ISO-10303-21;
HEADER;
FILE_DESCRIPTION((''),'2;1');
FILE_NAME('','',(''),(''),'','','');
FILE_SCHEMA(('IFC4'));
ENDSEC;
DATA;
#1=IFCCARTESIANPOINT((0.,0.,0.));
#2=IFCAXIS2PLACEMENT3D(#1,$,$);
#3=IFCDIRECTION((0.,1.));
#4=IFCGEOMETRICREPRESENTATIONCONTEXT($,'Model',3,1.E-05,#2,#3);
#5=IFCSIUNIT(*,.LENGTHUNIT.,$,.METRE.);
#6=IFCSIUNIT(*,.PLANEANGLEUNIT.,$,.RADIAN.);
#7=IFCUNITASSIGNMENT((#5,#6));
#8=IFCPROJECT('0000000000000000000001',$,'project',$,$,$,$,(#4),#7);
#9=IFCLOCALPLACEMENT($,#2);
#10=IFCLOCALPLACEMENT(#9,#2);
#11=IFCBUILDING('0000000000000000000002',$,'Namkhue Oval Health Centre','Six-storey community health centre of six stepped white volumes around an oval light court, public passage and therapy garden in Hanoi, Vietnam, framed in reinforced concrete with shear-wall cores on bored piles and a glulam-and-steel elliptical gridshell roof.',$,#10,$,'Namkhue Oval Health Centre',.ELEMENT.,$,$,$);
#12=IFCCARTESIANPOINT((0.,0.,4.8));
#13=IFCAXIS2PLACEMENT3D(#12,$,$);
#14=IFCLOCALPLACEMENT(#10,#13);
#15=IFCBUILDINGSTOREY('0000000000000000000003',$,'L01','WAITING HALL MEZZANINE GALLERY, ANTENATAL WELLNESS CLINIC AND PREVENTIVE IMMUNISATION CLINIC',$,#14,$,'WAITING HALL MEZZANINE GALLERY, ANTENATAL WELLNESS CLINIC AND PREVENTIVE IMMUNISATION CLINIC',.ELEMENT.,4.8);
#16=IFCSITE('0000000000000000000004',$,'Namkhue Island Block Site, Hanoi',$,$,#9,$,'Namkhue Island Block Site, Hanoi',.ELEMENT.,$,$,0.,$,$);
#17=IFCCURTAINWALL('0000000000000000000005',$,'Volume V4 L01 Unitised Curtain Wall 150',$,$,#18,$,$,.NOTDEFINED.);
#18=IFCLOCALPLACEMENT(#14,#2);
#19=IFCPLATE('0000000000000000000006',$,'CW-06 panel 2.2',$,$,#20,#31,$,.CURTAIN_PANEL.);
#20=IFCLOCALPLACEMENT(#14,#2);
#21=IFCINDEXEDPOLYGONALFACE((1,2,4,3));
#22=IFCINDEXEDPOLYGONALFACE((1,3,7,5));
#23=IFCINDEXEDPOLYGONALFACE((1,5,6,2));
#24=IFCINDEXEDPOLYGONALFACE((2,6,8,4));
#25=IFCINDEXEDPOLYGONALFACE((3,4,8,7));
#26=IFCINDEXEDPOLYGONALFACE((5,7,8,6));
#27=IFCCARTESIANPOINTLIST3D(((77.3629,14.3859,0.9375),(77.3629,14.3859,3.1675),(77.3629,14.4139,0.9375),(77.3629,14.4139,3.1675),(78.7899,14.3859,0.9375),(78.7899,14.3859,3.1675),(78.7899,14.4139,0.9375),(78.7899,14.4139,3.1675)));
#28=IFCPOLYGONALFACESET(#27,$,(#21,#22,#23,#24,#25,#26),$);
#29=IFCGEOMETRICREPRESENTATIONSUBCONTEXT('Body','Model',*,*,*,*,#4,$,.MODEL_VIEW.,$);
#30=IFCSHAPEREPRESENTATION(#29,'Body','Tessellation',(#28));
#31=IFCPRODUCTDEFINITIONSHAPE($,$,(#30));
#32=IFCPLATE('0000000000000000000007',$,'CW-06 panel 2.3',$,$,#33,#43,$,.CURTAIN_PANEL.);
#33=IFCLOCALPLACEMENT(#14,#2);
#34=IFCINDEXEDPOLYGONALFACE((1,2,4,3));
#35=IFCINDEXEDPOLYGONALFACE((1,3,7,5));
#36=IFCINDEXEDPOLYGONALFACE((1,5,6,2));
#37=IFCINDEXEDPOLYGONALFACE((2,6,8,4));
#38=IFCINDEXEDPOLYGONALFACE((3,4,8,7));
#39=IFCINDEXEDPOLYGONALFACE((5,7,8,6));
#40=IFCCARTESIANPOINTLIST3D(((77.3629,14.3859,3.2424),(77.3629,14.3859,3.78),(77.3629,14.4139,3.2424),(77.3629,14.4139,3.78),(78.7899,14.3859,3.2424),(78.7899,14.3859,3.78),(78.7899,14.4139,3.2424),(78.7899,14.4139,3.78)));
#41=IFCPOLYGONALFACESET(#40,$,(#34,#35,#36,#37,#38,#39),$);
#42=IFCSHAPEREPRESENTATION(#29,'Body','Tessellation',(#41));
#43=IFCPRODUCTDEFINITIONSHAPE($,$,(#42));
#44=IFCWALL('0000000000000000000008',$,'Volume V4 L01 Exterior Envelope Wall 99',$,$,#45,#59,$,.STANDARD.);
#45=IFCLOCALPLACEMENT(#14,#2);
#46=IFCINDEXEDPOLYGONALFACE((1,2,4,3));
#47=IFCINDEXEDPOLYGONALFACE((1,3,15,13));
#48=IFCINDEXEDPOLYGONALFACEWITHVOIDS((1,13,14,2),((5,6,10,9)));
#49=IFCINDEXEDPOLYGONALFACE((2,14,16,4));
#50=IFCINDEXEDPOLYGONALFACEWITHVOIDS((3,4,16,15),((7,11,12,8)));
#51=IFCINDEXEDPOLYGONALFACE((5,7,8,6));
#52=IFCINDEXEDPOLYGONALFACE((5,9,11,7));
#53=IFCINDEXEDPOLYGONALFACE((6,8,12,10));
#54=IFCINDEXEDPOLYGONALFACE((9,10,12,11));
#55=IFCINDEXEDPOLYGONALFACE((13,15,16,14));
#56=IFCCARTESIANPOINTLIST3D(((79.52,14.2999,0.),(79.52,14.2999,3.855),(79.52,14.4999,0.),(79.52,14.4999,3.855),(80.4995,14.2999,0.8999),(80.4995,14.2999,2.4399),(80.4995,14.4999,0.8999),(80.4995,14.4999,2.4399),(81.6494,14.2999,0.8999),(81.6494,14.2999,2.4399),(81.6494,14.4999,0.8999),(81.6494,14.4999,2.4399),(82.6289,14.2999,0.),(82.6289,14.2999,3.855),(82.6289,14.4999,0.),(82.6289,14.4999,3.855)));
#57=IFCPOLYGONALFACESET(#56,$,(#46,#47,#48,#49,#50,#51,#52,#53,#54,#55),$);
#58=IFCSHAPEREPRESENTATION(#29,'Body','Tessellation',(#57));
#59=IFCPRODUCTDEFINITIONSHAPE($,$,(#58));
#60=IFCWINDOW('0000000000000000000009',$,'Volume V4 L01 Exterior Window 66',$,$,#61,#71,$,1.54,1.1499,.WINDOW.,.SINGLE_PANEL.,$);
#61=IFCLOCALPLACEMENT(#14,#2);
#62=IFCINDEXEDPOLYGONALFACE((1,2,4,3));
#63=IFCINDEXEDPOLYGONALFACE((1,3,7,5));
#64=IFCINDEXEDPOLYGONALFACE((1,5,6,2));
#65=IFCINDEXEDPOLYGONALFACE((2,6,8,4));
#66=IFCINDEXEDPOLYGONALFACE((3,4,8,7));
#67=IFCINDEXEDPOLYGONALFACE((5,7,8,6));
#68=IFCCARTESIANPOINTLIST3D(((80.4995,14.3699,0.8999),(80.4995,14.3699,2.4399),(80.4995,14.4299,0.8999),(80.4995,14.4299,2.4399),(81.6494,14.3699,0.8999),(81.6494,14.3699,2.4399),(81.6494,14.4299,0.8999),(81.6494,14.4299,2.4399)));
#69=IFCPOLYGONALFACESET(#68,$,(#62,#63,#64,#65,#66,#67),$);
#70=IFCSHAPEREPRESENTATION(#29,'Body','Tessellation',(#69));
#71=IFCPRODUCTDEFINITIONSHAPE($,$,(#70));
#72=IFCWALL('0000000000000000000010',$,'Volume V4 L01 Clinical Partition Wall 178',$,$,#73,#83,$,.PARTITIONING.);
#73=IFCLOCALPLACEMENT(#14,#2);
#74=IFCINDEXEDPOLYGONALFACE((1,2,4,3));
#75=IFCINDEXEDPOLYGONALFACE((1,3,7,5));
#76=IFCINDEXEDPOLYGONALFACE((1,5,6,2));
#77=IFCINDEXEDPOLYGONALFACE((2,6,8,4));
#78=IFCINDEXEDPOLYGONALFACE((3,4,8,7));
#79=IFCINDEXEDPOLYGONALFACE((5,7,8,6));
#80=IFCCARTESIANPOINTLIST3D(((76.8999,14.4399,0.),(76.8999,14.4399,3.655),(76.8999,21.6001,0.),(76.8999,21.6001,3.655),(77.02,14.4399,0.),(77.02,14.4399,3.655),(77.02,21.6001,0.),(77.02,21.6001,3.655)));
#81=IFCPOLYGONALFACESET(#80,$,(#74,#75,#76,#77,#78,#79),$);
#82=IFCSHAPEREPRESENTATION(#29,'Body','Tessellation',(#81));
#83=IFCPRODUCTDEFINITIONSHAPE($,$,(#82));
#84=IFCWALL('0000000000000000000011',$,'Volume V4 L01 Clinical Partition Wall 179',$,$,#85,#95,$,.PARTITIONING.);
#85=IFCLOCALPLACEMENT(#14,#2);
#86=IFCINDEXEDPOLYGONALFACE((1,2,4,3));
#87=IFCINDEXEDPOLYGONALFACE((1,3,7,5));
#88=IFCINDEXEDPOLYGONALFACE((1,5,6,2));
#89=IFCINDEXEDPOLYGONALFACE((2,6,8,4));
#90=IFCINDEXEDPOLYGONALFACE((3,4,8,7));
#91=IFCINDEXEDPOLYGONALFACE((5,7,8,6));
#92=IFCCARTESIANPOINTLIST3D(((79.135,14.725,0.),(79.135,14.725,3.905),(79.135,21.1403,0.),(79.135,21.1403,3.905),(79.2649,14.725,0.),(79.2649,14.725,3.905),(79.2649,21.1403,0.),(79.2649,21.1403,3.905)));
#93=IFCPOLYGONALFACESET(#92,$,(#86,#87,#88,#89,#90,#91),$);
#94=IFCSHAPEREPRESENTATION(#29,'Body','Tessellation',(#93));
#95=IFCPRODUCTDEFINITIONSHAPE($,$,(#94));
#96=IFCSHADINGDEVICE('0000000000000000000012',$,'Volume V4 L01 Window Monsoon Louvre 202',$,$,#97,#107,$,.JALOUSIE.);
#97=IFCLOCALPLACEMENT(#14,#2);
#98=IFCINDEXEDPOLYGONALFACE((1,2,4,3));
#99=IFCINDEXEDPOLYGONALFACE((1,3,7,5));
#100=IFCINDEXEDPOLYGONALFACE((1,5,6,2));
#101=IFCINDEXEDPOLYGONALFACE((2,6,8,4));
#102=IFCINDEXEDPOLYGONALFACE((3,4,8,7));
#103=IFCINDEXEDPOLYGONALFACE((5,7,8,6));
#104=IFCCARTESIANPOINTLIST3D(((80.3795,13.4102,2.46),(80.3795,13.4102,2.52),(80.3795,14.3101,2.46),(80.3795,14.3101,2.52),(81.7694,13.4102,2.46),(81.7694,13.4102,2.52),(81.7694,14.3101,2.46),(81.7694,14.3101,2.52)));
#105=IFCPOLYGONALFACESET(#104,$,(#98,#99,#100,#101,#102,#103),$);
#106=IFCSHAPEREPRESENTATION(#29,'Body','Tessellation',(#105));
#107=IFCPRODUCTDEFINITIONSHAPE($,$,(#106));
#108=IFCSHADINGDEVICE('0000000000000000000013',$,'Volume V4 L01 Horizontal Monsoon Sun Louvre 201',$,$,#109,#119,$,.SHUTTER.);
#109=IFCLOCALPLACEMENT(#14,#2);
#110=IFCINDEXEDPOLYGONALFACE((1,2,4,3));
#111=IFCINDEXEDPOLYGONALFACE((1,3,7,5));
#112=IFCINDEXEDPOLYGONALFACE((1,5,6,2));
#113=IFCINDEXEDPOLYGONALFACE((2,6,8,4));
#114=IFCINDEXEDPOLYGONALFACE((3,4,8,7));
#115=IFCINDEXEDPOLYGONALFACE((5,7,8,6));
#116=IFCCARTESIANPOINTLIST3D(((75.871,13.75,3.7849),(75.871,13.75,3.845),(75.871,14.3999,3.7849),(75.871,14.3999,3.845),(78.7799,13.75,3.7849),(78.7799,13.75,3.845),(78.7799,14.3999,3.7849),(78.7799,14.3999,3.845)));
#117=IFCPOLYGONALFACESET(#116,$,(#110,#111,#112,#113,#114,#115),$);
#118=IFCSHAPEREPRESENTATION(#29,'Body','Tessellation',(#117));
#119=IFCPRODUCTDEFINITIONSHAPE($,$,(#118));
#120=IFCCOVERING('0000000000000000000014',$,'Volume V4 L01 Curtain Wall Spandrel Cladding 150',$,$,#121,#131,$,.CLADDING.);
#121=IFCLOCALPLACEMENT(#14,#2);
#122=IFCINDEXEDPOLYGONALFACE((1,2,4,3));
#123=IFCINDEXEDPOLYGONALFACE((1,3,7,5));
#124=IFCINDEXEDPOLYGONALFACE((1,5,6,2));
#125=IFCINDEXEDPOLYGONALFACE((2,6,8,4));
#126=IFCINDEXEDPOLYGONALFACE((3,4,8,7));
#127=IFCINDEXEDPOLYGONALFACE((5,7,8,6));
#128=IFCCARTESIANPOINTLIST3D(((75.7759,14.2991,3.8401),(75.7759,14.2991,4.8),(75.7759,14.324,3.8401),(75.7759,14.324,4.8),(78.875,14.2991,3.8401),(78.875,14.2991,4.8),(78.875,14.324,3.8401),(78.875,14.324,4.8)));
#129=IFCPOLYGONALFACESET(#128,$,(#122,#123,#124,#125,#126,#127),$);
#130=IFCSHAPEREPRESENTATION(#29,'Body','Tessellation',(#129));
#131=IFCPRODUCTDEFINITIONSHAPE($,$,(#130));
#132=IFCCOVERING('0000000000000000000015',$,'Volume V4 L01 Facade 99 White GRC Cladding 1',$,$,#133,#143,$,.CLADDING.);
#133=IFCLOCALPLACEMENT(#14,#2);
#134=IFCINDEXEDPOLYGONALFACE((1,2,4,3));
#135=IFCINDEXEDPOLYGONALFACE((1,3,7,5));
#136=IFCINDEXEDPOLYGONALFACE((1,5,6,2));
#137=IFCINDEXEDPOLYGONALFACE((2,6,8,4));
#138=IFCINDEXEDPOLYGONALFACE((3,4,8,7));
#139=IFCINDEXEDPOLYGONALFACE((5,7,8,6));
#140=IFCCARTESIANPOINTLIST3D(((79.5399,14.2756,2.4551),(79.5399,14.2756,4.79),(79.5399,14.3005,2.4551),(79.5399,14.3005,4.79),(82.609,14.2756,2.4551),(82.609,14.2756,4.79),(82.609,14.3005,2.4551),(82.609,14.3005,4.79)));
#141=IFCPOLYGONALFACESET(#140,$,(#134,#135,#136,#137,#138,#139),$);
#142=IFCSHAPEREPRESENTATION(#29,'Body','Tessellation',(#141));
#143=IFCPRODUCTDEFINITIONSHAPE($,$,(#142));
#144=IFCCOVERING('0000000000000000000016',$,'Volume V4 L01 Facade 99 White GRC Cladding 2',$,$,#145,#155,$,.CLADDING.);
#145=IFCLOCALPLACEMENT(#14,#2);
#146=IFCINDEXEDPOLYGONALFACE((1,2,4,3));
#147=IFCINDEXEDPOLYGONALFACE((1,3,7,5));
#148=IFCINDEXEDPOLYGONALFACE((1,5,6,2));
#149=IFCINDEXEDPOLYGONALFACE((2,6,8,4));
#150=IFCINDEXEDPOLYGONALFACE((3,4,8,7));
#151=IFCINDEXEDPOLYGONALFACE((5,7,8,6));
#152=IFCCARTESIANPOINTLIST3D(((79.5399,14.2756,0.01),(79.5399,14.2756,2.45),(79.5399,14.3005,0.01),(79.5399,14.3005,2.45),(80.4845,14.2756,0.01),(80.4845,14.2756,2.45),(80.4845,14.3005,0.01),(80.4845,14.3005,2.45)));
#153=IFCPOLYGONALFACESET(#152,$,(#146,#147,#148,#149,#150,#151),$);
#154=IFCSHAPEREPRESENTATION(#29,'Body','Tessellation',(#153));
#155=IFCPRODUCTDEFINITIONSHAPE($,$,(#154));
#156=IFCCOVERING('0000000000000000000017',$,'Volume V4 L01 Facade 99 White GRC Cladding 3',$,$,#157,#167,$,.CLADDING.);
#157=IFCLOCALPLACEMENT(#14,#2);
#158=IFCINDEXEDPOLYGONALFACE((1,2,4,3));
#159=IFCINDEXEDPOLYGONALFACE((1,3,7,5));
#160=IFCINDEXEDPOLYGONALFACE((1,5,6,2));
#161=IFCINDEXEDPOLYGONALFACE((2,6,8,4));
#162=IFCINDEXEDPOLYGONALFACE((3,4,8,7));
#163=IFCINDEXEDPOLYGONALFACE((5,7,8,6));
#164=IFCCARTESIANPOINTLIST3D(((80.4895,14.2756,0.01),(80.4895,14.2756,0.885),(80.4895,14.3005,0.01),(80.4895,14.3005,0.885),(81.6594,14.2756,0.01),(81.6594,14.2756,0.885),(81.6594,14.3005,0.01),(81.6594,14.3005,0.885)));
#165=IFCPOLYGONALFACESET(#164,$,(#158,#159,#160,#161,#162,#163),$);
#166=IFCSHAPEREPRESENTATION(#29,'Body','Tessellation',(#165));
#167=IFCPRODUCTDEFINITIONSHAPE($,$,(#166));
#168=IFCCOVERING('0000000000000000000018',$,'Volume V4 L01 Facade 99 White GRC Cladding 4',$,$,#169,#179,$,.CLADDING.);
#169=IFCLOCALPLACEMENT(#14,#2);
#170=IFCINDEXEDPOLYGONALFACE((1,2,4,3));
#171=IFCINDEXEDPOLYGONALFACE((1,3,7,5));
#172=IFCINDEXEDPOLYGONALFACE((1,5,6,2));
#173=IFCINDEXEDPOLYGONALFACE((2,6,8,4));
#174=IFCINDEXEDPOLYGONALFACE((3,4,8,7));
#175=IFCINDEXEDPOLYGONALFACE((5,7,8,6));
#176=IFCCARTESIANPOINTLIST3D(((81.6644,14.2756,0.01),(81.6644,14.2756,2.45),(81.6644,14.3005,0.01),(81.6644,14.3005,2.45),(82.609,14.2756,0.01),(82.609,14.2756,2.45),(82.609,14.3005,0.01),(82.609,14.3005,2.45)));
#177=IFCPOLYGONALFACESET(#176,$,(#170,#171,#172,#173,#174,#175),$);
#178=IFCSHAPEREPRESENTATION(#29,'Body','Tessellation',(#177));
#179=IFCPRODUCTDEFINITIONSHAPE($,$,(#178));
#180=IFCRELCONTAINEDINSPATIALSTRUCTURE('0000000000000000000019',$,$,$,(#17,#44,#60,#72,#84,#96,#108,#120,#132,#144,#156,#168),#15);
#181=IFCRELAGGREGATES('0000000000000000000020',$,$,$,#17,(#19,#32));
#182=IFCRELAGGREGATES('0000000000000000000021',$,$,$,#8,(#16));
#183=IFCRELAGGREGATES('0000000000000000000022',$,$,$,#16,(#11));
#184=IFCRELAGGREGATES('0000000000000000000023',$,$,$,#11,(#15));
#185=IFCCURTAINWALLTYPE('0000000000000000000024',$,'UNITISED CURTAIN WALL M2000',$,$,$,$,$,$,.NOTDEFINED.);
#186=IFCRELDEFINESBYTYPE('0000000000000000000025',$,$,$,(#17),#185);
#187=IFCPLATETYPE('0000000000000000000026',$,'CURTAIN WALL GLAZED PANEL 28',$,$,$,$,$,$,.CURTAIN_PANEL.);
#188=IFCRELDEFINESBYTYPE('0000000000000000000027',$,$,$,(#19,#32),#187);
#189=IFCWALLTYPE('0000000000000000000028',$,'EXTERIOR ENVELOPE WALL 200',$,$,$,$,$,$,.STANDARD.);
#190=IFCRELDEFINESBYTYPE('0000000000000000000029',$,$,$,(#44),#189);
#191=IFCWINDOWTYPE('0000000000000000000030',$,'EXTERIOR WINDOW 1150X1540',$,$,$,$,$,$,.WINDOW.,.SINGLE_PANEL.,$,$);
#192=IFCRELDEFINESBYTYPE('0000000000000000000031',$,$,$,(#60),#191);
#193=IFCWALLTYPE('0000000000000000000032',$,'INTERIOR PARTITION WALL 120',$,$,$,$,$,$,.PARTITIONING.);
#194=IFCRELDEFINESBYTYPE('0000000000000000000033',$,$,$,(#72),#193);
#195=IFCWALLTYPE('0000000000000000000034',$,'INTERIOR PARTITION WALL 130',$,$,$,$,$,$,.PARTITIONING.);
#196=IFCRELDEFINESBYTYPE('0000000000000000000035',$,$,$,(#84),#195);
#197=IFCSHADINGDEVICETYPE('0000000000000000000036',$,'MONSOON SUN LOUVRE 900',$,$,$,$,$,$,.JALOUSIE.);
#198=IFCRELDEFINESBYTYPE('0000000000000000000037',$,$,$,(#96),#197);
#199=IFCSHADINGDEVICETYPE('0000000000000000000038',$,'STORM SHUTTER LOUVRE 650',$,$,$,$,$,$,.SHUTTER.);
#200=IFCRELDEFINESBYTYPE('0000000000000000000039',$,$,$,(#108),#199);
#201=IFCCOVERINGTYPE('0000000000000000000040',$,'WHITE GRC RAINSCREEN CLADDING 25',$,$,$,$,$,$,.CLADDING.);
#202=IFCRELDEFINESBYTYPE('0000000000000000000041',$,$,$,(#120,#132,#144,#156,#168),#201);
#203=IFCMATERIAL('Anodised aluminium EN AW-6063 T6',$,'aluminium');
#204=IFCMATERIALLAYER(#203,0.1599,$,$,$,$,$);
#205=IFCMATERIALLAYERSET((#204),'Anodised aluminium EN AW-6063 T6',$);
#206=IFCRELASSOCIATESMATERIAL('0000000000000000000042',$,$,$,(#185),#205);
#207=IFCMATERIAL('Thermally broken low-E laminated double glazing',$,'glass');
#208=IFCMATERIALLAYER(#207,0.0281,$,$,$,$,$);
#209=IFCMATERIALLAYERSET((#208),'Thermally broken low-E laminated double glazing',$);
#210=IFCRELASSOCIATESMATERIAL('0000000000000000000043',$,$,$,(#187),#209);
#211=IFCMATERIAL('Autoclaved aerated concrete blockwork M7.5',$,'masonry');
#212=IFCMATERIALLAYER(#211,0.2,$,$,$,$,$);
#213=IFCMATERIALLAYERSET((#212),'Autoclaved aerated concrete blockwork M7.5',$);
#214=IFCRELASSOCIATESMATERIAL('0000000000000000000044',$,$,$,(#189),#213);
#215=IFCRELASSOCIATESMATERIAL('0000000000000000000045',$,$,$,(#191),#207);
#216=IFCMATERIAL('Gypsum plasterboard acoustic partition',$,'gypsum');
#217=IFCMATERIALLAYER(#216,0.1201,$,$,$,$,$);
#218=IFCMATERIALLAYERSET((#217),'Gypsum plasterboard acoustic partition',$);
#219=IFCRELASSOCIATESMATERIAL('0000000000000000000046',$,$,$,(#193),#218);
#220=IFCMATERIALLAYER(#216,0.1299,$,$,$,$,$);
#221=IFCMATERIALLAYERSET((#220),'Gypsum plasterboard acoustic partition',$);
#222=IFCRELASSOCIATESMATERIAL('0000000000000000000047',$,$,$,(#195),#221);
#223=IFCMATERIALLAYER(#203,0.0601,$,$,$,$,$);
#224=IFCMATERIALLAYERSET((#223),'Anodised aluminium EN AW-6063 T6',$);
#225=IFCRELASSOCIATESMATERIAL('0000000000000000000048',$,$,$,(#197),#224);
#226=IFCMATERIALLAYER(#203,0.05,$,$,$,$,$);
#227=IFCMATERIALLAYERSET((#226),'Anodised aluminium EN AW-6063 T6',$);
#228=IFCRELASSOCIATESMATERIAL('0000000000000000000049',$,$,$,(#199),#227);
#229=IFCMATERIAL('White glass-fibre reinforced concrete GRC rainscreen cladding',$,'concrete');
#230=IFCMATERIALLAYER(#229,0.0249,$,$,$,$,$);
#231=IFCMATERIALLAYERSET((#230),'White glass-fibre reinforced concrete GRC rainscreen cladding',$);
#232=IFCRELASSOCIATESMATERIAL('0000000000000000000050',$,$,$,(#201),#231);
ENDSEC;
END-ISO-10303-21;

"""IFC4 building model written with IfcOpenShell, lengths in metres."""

from ifc_helpers import new_model, si_unit, direction, frame, frame_2d, origin, origin_2d, place, context, subcontext, project, spatial, rectangle, extrude, material, layer, layer_set, type_object, element, fill, aggregate, save


model = new_model("IFC4")

# Units and contexts
model_context = context("Model", 3, precision=1e-05, world=origin(), true_north=direction((0.0, 1.0)))
body_context = subcontext(model_context, "Body", "Model", "MODEL_VIEW")
ifc_project = project(units=[si_unit("LENGTHUNIT", "METRE"), si_unit("PLANEANGLEUNIT", "RADIAN")], contexts=[model_context])

# Site, building, storey
site_placement = place(None, origin())
site = spatial("IfcSite", under=ifc_project, at=site_placement, Name="Namkhue Island Block Site, Hanoi", LongName="Namkhue Island Block Site, Hanoi", CompositionType="ELEMENT", RefElevation=0.0)
building_placement = place(site_placement, origin())
building = spatial("IfcBuilding", under=site, at=building_placement, Name="Namkhue Oval Health Centre", Description="Six-storey community health centre of six stepped white volumes around an oval light court, public passage and therapy garden in Hanoi, Vietnam, framed in reinforced concrete with shear-wall cores on bored piles and a glulam-and-steel elliptical gridshell roof.", LongName="Namkhue Oval Health Centre", CompositionType="ELEMENT")
storey_placement = place(building_placement, frame((0.0, 0.0, 4.8)))
storey = spatial("IfcBuildingStorey", under=building, at=storey_placement, Name="L01", Description="WAITING HALL MEZZANINE GALLERY, ANTENATAL WELLNESS CLINIC AND PREVENTIVE IMMUNISATION CLINIC", LongName="WAITING HALL MEZZANINE GALLERY, ANTENATAL WELLNESS CLINIC AND PREVENTIVE IMMUNISATION CLINIC", CompositionType="ELEMENT", Elevation=4.8)

# Curtain wall
ifc_material_1 = material(Name="Anodised aluminium EN AW-6063 T6", Category="aluminium")
ifc_layer_1 = layer(ifc_material_1, 0.1599)
ifc_layer_set_1 = layer_set([ifc_layer_1], Name="Anodised aluminium EN AW-6063 T6")
curtain_wall_type = type_object("IfcCurtainWallType", Name="UNITISED CURTAIN WALL M2000", PredefinedType="NOTDEFINED", material=ifc_layer_set_1)
curtain_wall_placement = place(storey_placement, origin())
curtain_wall = element("IfcCurtainWall", 1, at=curtain_wall_placement, inside=storey, type_object=curtain_wall_type, Name="Volume V4 L01 Unitised Curtain Wall 150", PredefinedType="NOTDEFINED")

# Plates
ifc_material_2 = material(Name="Thermally broken low-E laminated double glazing", Category="glass")
ifc_layer_2 = layer(ifc_material_2, 0.0281)
ifc_layer_set_2 = layer_set([ifc_layer_2], Name="Thermally broken low-E laminated double glazing")
plate_type = type_object("IfcPlateType", Name="CURTAIN WALL GLAZED PANEL 28", PredefinedType="CURTAIN_PANEL", material=ifc_layer_set_2)
plate_1_placement = place(storey_placement, frame((78.0764, 14.3999, 0.9375), z_axis=(0.0, 0.0, 1.0), x_axis=(1.0, 0.0, 0.0)))
plate_1 = element("IfcPlate", 2, at=plate_1_placement, type_object=plate_type, Name="CW-06 panel 2.2", PredefinedType="CURTAIN_PANEL", context=body_context, shape_type="SweptSolid", body=[
    extrude(rectangle(XDim=1.427, YDim=0.0281, at=origin_2d()), origin(), (0.0, 0.0, 1.0), 2.23),
])
plate_2_placement = place(storey_placement, frame((78.0764, 14.3999, 3.2424), z_axis=(0.0, 0.0, 1.0), x_axis=(1.0, 0.0, 0.0)))
plate_2 = element("IfcPlate", 3, at=plate_2_placement, type_object=plate_type, Name="CW-06 panel 2.3", PredefinedType="CURTAIN_PANEL", context=body_context, shape_type="SweptSolid", body=[
    extrude(rectangle(XDim=1.427, YDim=0.0281, at=origin_2d()), origin(), (0.0, 0.0, 1.0), 0.5376),
])
aggregate(curtain_wall, [plate_1, plate_2])

# Wall, opening, window
ifc_material_3 = material(Name="Autoclaved aerated concrete blockwork M7.5", Category="masonry")
ifc_layer_3 = layer(ifc_material_3, 0.2)
ifc_layer_set_3 = layer_set([ifc_layer_3], Name="Autoclaved aerated concrete blockwork M7.5")
wall_type_1 = type_object("IfcWallType", Name="EXTERIOR ENVELOPE WALL 200", PredefinedType="STANDARD", material=ifc_layer_set_3)
wall_1_placement = place(storey_placement, frame((79.52, 14.3999, 0.0), z_axis=(0.0, 0.0, 1.0), x_axis=(1.0, 0.0, 0.0)))
wall_1 = element("IfcWall", 4, at=wall_1_placement, inside=storey, type_object=wall_type_1, Name="Volume V4 L01 Exterior Envelope Wall 99", PredefinedType="STANDARD", context=body_context, shape_type="SweptSolid", body=[
    extrude(rectangle(XDim=3.1089, YDim=0.2, at=frame_2d((1.5544, 0.0))), origin(), (0.0, 0.0, 1.0), 3.855),
])
opening_placement = place(wall_1_placement, frame((0.9795, 0.0, 0.8999)))
opening = element("IfcOpeningElement", 5, at=opening_placement, cuts=wall_1, PredefinedType="OPENING", context=body_context, shape_type="SweptSolid", body=[
    extrude(rectangle(XDim=1.1499, YDim=1.54, at=frame_2d((0.575, 0.77))), frame((0.0, 0.1099, 0.0), z_axis=(0.0, -1.0, 0.0), x_axis=(1.0, 0.0, 0.0)), (0.0, 0.0, 1.0), 0.22),
])
window_type = type_object("IfcWindowType", Name="EXTERIOR WINDOW 1150X1540", PartitioningType="SINGLE_PANEL", PredefinedType="WINDOW", material=ifc_material_2)
window_placement = place(opening_placement, origin())
window = element("IfcWindow", 6, at=window_placement, inside=storey, type_object=window_type, Name="Volume V4 L01 Exterior Window 66", OverallHeight=1.54, OverallWidth=1.1499, PartitioningType="SINGLE_PANEL", PredefinedType="WINDOW", context=body_context, shape_type="SweptSolid", body=[
    extrude(rectangle(XDim=1.1499, YDim=1.54, at=frame_2d((0.575, 0.77))), frame((0.0, 0.03, 0.0), z_axis=(0.0, -1.0, 0.0), x_axis=(1.0, 0.0, 0.0)), (0.0, 0.0, 1.0), 0.0601),
])
fill(opening, window)

# Walls
ifc_material_4 = material(Name="Gypsum plasterboard acoustic partition", Category="gypsum")
ifc_layer_4 = layer(ifc_material_4, 0.1201)
ifc_layer_set_4 = layer_set([ifc_layer_4], Name="Gypsum plasterboard acoustic partition")
wall_type_2 = type_object("IfcWallType", Name="INTERIOR PARTITION WALL 120", PredefinedType="PARTITIONING", material=ifc_layer_set_4)
wall_2_placement = place(storey_placement, frame((76.96, 14.4399, 0.0), z_axis=(0.0, 0.0, 1.0), x_axis=(0.0, 1.0, 0.0)))
element("IfcWall", 7, at=wall_2_placement, inside=storey, type_object=wall_type_2, Name="Volume V4 L01 Clinical Partition Wall 178", PredefinedType="PARTITIONING", context=body_context, shape_type="SweptSolid", body=[
    extrude(rectangle(XDim=7.1602, YDim=0.1201, at=frame_2d((3.5801, 0.0))), origin(), (0.0, 0.0, 1.0), 3.655),
])
ifc_layer_5 = layer(ifc_material_4, 0.1299)
ifc_layer_set_5 = layer_set([ifc_layer_5], Name="Gypsum plasterboard acoustic partition")
wall_type_3 = type_object("IfcWallType", Name="INTERIOR PARTITION WALL 130", PredefinedType="PARTITIONING", material=ifc_layer_set_5)
wall_3_placement = place(storey_placement, frame((79.2, 14.7251, 0.0), z_axis=(0.0, 0.0, 1.0), x_axis=(0.0, 1.0, 0.0)))
element("IfcWall", 8, at=wall_3_placement, inside=storey, type_object=wall_type_3, Name="Volume V4 L01 Clinical Partition Wall 179", PredefinedType="PARTITIONING", context=body_context, shape_type="SweptSolid", body=[
    extrude(rectangle(XDim=6.4153, YDim=0.1299, at=frame_2d((3.2075, 0.0))), origin(), (0.0, 0.0, 1.0), 3.905),
])

# Shading devices
ifc_layer_6 = layer(ifc_material_1, 0.0601)
ifc_layer_set_6 = layer_set([ifc_layer_6], Name="Anodised aluminium EN AW-6063 T6")
shading_device_type_1 = type_object("IfcShadingDeviceType", Name="MONSOON SUN LOUVRE 900", PredefinedType="JALOUSIE", material=ifc_layer_set_6)
shading_device_1_placement = place(storey_placement, frame((81.0745, 13.8601, 2.46), z_axis=(0.0, 0.0, 1.0), x_axis=(1.0, 0.0, 0.0)))
element("IfcShadingDevice", 9, at=shading_device_1_placement, inside=storey, type_object=shading_device_type_1, Name="Volume V4 L01 Window Monsoon Louvre 202", PredefinedType="JALOUSIE", context=body_context, shape_type="SweptSolid", body=[
    extrude(rectangle(XDim=1.3899, YDim=0.8999, at=origin_2d()), origin(), (0.0, 0.0, 1.0), 0.0601),
])
ifc_layer_7 = layer(ifc_material_1, 0.05)
ifc_layer_set_7 = layer_set([ifc_layer_7], Name="Anodised aluminium EN AW-6063 T6")
shading_device_type_2 = type_object("IfcShadingDeviceType", Name="STORM SHUTTER LOUVRE 650", PredefinedType="SHUTTER", material=ifc_layer_set_7)
shading_device_2_placement = place(storey_placement, frame((77.3254, 14.075, 3.7849), z_axis=(0.0, 0.0, 1.0), x_axis=(1.0, 0.0, 0.0)))
element("IfcShadingDevice", 10, at=shading_device_2_placement, inside=storey, type_object=shading_device_type_2, Name="Volume V4 L01 Horizontal Monsoon Sun Louvre 201", PredefinedType="SHUTTER", context=body_context, shape_type="SweptSolid", body=[
    extrude(rectangle(XDim=2.9089, YDim=0.6499, at=origin_2d()), origin(), (0.0, 0.0, 1.0), 0.0601),
])

# Coverings
ifc_material_5 = material(Name="White glass-fibre reinforced concrete GRC rainscreen cladding", Category="concrete")
ifc_layer_8 = layer(ifc_material_5, 0.0249)
ifc_layer_set_8 = layer_set([ifc_layer_8], Name="White glass-fibre reinforced concrete GRC rainscreen cladding")
covering_type = type_object("IfcCoveringType", Name="WHITE GRC RAINSCREEN CLADDING 25", PredefinedType="CLADDING", material=ifc_layer_set_8)
covering_1_placement = place(storey_placement, frame((77.3254, 14.3115, 3.8401), z_axis=(0.0, 0.0, 1.0), x_axis=(1.0, 0.0, 0.0)))
element("IfcCovering", 11, at=covering_1_placement, inside=storey, type_object=covering_type, Name="Volume V4 L01 Curtain Wall Spandrel Cladding 150", PredefinedType="CLADDING", context=body_context, shape_type="SweptSolid", body=[
    extrude(rectangle(XDim=3.0991, YDim=0.0249, at=origin_2d()), origin(), (0.0, 0.0, 1.0), 0.96),
])
covering_2_placement = place(storey_placement, frame((81.0745, 14.2881, 2.4551), z_axis=(0.0, 0.0, 1.0), x_axis=(1.0, 0.0, 0.0)))
element("IfcCovering", 12, at=covering_2_placement, inside=storey, type_object=covering_type, Name="Volume V4 L01 Facade 99 White GRC Cladding 1", PredefinedType="CLADDING", context=body_context, shape_type="SweptSolid", body=[
    extrude(rectangle(XDim=3.0691, YDim=0.0249, at=origin_2d()), origin(), (0.0, 0.0, 1.0), 2.335),
])
covering_3_placement = place(storey_placement, frame((80.0122, 14.2881, 0.01), z_axis=(0.0, 0.0, 1.0), x_axis=(1.0, 0.0, 0.0)))
element("IfcCovering", 13, at=covering_3_placement, inside=storey, type_object=covering_type, Name="Volume V4 L01 Facade 99 White GRC Cladding 2", PredefinedType="CLADDING", context=body_context, shape_type="SweptSolid", body=[
    extrude(rectangle(XDim=0.9446, YDim=0.0249, at=origin_2d()), origin(), (0.0, 0.0, 1.0), 2.4399),
])
covering_4_placement = place(storey_placement, frame((81.0745, 14.2881, 0.01), z_axis=(0.0, 0.0, 1.0), x_axis=(1.0, 0.0, 0.0)))
element("IfcCovering", 14, at=covering_4_placement, inside=storey, type_object=covering_type, Name="Volume V4 L01 Facade 99 White GRC Cladding 3", PredefinedType="CLADDING", context=body_context, shape_type="SweptSolid", body=[
    extrude(rectangle(XDim=1.1699, YDim=0.0249, at=origin_2d()), origin(), (0.0, 0.0, 1.0), 0.875),
])
covering_5_placement = place(storey_placement, frame((82.1367, 14.2881, 0.01), z_axis=(0.0, 0.0, 1.0), x_axis=(1.0, 0.0, 0.0)))
element("IfcCovering", 15, at=covering_5_placement, inside=storey, type_object=covering_type, Name="Volume V4 L01 Facade 99 White GRC Cladding 4", PredefinedType="CLADDING", context=body_context, shape_type="SweptSolid", body=[
    extrude(rectangle(XDim=0.9446, YDim=0.0249, at=origin_2d()), origin(), (0.0, 0.0, 1.0), 2.4399),
])

save(model, "model.ifc")
